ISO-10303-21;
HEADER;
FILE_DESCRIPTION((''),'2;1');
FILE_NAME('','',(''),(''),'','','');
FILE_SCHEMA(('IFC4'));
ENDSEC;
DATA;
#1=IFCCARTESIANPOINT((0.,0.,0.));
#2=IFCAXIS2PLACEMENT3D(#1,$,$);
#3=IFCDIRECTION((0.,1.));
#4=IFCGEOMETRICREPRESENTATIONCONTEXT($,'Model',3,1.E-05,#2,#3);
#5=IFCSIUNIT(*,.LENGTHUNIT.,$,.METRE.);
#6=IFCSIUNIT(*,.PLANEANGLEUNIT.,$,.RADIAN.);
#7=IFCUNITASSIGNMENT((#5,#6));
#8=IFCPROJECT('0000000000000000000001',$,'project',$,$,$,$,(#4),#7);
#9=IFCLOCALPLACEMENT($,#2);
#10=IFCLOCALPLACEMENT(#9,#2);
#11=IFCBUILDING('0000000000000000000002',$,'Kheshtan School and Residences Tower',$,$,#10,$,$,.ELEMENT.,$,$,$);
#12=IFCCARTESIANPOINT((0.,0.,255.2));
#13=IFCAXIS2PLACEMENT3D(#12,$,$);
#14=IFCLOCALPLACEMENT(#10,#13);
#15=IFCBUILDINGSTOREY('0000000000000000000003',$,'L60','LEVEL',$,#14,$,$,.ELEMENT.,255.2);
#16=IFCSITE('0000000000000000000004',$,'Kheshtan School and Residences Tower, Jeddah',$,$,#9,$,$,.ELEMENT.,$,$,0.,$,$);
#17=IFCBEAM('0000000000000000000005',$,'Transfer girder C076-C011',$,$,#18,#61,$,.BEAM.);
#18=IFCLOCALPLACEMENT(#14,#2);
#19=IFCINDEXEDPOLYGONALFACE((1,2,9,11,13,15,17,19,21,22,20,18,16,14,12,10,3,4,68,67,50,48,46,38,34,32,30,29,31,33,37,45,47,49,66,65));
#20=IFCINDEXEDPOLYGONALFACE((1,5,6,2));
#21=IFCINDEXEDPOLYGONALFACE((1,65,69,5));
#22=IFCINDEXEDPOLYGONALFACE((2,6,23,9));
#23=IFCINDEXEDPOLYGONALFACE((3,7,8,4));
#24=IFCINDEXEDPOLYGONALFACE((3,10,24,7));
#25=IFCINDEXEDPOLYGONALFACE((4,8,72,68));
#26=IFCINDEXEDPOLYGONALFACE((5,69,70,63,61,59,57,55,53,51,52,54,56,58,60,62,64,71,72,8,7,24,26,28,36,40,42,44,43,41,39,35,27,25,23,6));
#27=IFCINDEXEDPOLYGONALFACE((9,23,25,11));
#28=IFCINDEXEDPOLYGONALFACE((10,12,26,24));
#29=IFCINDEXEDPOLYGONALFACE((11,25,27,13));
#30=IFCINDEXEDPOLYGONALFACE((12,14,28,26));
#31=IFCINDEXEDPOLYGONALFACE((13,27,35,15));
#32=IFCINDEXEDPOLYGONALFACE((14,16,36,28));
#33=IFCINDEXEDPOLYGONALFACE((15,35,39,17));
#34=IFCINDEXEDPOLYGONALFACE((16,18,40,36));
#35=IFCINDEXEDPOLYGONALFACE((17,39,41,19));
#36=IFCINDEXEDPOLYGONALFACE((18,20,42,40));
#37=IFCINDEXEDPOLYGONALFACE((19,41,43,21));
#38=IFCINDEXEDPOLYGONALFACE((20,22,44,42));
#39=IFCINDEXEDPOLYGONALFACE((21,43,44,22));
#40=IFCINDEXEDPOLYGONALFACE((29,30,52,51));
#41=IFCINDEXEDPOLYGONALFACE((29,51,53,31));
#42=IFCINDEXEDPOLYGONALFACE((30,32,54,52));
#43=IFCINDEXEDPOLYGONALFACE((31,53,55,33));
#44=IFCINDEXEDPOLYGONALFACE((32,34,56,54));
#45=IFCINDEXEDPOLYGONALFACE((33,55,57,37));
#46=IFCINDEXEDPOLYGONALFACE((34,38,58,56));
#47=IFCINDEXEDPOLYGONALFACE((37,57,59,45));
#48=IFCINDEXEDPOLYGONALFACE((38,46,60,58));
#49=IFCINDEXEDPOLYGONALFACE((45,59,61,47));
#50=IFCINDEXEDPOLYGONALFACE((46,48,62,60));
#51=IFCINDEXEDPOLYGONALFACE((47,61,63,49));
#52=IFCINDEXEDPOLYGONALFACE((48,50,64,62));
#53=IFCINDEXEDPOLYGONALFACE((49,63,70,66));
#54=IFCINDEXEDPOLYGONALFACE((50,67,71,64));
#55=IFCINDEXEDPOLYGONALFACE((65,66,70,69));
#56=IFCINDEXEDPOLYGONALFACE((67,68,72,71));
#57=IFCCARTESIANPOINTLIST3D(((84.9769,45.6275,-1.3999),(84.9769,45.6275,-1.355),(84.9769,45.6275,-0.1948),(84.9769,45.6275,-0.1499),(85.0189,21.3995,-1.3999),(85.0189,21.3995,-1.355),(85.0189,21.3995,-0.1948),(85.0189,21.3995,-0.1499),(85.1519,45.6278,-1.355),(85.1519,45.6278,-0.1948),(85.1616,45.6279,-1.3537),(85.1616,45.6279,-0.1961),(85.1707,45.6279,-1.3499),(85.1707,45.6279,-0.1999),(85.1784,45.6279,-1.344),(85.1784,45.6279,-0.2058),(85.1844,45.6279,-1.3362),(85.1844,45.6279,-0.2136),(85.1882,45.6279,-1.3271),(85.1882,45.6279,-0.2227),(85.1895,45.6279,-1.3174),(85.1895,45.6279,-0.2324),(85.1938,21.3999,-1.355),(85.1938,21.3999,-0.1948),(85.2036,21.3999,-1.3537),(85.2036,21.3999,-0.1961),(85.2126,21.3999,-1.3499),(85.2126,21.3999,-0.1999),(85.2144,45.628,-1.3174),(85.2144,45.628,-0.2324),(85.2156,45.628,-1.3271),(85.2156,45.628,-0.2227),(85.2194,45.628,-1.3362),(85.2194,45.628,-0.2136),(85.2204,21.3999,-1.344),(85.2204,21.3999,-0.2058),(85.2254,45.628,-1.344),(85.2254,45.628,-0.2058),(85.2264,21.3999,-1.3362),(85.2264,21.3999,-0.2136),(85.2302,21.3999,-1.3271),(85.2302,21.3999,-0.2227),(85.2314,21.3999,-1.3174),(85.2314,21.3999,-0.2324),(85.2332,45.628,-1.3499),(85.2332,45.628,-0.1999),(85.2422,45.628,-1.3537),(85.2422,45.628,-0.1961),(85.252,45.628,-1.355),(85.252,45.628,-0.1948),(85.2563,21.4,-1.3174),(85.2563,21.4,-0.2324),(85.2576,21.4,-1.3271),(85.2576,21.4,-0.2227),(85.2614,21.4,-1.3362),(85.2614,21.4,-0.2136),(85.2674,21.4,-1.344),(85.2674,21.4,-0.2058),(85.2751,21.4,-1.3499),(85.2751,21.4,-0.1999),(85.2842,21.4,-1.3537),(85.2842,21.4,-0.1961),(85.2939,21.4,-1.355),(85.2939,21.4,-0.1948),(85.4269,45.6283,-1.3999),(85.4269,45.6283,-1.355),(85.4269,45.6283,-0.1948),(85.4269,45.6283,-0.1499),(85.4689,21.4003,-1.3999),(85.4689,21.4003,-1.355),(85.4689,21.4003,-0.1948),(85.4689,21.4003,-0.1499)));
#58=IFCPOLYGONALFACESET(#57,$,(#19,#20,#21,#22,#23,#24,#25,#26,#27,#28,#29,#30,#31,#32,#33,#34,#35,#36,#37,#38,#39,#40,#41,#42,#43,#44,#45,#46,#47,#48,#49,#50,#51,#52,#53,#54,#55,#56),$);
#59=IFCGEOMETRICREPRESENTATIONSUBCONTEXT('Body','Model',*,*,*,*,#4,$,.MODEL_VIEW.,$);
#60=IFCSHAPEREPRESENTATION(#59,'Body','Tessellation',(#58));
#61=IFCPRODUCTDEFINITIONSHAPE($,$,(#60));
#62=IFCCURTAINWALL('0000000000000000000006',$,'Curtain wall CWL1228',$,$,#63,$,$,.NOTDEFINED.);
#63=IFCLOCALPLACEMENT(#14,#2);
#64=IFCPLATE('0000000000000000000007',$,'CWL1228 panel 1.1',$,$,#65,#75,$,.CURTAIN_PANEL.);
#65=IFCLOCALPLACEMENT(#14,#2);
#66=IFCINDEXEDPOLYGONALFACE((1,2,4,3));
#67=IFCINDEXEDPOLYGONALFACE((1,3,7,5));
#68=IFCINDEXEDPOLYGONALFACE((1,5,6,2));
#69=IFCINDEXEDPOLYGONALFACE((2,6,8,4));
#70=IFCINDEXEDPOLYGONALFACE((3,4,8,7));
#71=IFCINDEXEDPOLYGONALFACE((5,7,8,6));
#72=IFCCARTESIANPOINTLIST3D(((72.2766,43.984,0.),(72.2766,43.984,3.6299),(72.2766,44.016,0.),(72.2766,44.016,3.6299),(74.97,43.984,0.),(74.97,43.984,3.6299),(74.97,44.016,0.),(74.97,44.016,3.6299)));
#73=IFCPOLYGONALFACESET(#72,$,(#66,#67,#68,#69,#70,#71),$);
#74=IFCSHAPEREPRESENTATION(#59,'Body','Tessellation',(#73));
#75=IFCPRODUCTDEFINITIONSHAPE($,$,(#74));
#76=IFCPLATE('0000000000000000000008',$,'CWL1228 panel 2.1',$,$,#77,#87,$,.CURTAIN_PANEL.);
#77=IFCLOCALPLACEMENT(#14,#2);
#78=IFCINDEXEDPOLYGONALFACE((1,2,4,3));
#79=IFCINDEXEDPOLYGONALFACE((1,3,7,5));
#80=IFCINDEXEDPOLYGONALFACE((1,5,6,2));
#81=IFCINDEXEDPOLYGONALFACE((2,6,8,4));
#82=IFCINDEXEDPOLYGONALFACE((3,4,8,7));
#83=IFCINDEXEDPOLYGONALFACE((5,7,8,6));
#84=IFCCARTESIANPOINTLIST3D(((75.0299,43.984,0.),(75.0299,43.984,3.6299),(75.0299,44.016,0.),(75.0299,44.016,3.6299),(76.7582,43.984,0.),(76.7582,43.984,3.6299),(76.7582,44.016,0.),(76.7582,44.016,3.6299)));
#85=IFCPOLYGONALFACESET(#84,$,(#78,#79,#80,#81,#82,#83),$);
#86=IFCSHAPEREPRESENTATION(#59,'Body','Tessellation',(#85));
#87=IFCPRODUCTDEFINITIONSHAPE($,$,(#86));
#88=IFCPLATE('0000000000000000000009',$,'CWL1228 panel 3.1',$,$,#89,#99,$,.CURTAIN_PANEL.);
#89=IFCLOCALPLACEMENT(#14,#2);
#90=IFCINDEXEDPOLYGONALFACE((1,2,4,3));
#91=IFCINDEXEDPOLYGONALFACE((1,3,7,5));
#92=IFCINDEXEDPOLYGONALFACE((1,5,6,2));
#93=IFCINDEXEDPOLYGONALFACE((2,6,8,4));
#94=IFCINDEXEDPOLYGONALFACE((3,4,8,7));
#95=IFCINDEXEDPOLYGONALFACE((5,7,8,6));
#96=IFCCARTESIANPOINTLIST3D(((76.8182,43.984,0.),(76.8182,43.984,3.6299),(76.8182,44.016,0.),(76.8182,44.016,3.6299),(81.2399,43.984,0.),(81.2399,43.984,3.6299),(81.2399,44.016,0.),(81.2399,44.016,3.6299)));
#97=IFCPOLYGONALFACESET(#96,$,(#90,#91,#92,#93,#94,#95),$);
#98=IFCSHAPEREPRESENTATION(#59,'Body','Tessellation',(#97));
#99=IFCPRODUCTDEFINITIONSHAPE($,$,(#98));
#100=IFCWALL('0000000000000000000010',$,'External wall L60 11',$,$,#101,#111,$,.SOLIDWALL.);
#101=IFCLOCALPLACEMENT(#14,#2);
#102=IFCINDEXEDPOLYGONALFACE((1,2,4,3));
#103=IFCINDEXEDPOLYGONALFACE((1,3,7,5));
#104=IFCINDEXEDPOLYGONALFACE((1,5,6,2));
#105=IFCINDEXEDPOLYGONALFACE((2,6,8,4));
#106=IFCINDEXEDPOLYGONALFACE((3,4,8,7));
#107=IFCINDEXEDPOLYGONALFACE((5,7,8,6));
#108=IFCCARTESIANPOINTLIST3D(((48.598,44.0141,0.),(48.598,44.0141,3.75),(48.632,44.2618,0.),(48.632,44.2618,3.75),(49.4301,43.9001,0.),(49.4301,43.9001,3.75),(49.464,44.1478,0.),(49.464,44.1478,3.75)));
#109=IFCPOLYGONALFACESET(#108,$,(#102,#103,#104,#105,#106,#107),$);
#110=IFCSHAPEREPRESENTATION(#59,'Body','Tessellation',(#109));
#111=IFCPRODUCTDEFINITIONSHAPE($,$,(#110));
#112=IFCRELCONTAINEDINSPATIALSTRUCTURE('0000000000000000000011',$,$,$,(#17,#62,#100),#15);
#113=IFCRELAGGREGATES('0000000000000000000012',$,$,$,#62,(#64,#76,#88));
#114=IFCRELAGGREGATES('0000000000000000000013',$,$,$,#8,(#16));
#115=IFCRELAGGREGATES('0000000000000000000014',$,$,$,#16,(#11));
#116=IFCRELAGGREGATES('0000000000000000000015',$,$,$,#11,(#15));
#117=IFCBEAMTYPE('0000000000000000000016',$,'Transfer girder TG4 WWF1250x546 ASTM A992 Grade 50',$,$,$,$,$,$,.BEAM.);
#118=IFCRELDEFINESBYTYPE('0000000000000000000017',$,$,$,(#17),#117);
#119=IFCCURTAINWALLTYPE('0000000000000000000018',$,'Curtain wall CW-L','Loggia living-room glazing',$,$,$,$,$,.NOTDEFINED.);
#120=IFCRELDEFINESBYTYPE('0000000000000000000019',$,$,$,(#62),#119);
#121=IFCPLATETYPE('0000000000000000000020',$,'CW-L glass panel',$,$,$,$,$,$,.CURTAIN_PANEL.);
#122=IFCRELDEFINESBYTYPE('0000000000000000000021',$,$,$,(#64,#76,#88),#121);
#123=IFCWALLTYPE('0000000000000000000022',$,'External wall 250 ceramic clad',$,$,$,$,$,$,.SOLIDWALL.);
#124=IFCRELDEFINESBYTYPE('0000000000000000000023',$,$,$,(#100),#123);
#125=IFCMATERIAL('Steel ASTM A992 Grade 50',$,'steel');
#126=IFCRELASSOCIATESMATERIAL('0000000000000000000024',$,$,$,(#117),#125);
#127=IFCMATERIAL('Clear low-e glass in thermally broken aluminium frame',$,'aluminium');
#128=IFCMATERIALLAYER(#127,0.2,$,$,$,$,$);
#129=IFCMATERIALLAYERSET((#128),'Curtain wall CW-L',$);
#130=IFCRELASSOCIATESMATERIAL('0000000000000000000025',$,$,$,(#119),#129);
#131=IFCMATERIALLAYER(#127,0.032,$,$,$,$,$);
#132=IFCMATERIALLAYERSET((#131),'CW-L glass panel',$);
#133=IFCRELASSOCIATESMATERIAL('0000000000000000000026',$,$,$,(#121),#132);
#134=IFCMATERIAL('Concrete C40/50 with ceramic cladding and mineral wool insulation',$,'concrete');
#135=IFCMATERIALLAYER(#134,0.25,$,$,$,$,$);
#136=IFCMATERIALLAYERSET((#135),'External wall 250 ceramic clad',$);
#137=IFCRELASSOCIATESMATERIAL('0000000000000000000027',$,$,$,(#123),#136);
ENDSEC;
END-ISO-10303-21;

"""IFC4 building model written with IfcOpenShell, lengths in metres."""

from ifc_helpers import new_model, si_unit, direction, frame, frame_2d, origin, origin_2d, place, context, subcontext, project, spatial, rectangle, i_section, extrude, material, layer, layer_set, material_profile, profile_set, type_object, element, aggregate, save


model = new_model("IFC4")

# Units and contexts
model_context = context("Model", 3, precision=1e-05, world=origin(), true_north=direction((0.0, 1.0)))
body_context = subcontext(model_context, "Body", "Model", "MODEL_VIEW")
ifc_project = project(units=[si_unit("LENGTHUNIT", "METRE"), si_unit("PLANEANGLEUNIT", "RADIAN")], contexts=[model_context])

# Site, building, storey
site_placement = place(None, origin())
site = spatial("IfcSite", under=ifc_project, at=site_placement, Name="Kheshtan School and Residences Tower, Jeddah", CompositionType="ELEMENT", RefElevation=0.0)
building_placement = place(site_placement, origin())
building = spatial("IfcBuilding", under=site, at=building_placement, Name="Kheshtan School and Residences Tower", CompositionType="ELEMENT")
storey_placement = place(building_placement, frame((0.0, 0.0, 255.2)))
storey = spatial("IfcBuildingStorey", under=building, at=storey_placement, Name="L60", Description="LEVEL", CompositionType="ELEMENT", Elevation=255.2)

# Shared definitions
ifc_material_1 = material(Name="Steel ASTM A992 Grade 50", Category="steel")

# Beam
ifc_material_profile_1 = material_profile(ifc_material_1, i_section(OverallWidth=0.45, OverallDepth=1.25, WebThickness=0.0249, FlangeThickness=0.0449, FilletRadius=0.0376, at=origin_2d()), Name="WWF1250x546")
ifc_profile_set_1 = profile_set([ifc_material_profile_1], Name="Steel ASTM A992 Grade 50")
beam_type_1 = type_object("IfcBeamType", Name="Transfer girder TG4 WWF1250x546 ASTM A992 Grade 50", PredefinedType="BEAM", material=ifc_profile_set_1)
beam_1_placement = place(storey_placement, frame((85.2019, 45.6279, -0.7749), z_axis=(0.001733, -0.999998, 0.0), x_axis=(0.999998, 0.001733, 0.0)))
element("IfcBeam", 1, at=beam_1_placement, inside=storey, type_object=beam_type_1, Name="Transfer girder C076-C011", PredefinedType="BEAM", context=body_context, shape_type="SweptSolid", body=[
    extrude(i_section(OverallWidth=0.45, OverallDepth=1.25, WebThickness=0.0249, FlangeThickness=0.0449, FilletRadius=0.0376, at=origin_2d()), origin(), (0.0, 0.0, 1.0), 24.228),
])

# Curtain wall, plates
ifc_material_2 = material(Name="Clear low-e glass in thermally broken aluminium frame", Category="aluminium")
ifc_layer_1 = layer(ifc_material_2, 0.2)
ifc_layer_set_1 = layer_set([ifc_layer_1], Name="Curtain wall CW-L")
curtain_wall_type = type_object("IfcCurtainWallType", Name="Curtain wall CW-L", Description="Loggia living-room glazing", PredefinedType="NOTDEFINED", material=ifc_layer_set_1)
curtain_wall_placement = place(storey_placement, origin())
curtain_wall = element("IfcCurtainWall", 2, at=curtain_wall_placement, inside=storey, type_object=curtain_wall_type, Name="Curtain wall CWL1228", PredefinedType="NOTDEFINED")
ifc_layer_2 = layer(ifc_material_2, 0.032)
ifc_layer_set_2 = layer_set([ifc_layer_2], Name="CW-L glass panel")
plate_type = type_object("IfcPlateType", Name="CW-L glass panel", PredefinedType="CURTAIN_PANEL", material=ifc_layer_set_2)
plate_1_placement = place(storey_placement, frame((73.6233, 44.0, 0.0), z_axis=(0.0, 0.0, 1.0), x_axis=(1.0, 0.0, 0.0)))
plate_1 = element("IfcPlate", 3, at=plate_1_placement, type_object=plate_type, Name="CWL1228 panel 1.1", PredefinedType="CURTAIN_PANEL", context=body_context, shape_type="SweptSolid", body=[
    extrude(rectangle(XDim=2.6934, YDim=0.032, at=origin_2d()), origin(), (0.0, 0.0, 1.0), 3.6299),
])
plate_2_placement = place(storey_placement, frame((75.894, 44.0, 0.0), z_axis=(0.0, 0.0, 1.0), x_axis=(1.0, 0.0, 0.0)))
plate_2 = element("IfcPlate", 4, at=plate_2_placement, type_object=plate_type, Name="CWL1228 panel 2.1", PredefinedType="CURTAIN_PANEL", context=body_context, shape_type="SweptSolid", body=[
    extrude(rectangle(XDim=1.7283, YDim=0.032, at=origin_2d()), origin(), (0.0, 0.0, 1.0), 3.6299),
])
plate_3_placement = place(storey_placement, frame((79.0291, 44.0, 0.0), z_axis=(0.0, 0.0, 1.0), x_axis=(1.0, 0.0, 0.0)))
plate_3 = element("IfcPlate", 5, at=plate_3_placement, type_object=plate_type, Name="CWL1228 panel 3.1", PredefinedType="CURTAIN_PANEL", context=body_context, shape_type="SweptSolid", body=[
    extrude(rectangle(XDim=4.4216, YDim=0.032, at=origin_2d()), origin(), (0.0, 0.0, 1.0), 3.6299),
])
aggregate(curtain_wall, [plate_1, plate_2, plate_3])

# Wall
ifc_material_3 = material(Name="Concrete C40/50 with ceramic cladding and mineral wool insulation", Category="concrete")
ifc_layer_3 = layer(ifc_material_3, 0.25)
ifc_layer_set_3 = layer_set([ifc_layer_3], Name="External wall 250 ceramic clad")
wall_type = type_object("IfcWallType", Name="External wall 250 ceramic clad", PredefinedType="SOLIDWALL", material=ifc_layer_set_3)
wall_placement = place(storey_placement, frame((48.615, 44.1379, 0.0), z_axis=(0.0, 0.0, 1.0), x_axis=(0.990742, -0.135762, 0.0)))
element("IfcWall", 6, at=wall_placement, inside=storey, type_object=wall_type, Name="External wall L60 11", PredefinedType="SOLIDWALL", context=body_context, shape_type="SweptSolid", body=[
    extrude(rectangle(XDim=0.8398, YDim=0.25, at=frame_2d((0.4199, 0.0))), origin(), (0.0, 0.0, 1.0), 3.75),
])

save(model, "model.ifc")
